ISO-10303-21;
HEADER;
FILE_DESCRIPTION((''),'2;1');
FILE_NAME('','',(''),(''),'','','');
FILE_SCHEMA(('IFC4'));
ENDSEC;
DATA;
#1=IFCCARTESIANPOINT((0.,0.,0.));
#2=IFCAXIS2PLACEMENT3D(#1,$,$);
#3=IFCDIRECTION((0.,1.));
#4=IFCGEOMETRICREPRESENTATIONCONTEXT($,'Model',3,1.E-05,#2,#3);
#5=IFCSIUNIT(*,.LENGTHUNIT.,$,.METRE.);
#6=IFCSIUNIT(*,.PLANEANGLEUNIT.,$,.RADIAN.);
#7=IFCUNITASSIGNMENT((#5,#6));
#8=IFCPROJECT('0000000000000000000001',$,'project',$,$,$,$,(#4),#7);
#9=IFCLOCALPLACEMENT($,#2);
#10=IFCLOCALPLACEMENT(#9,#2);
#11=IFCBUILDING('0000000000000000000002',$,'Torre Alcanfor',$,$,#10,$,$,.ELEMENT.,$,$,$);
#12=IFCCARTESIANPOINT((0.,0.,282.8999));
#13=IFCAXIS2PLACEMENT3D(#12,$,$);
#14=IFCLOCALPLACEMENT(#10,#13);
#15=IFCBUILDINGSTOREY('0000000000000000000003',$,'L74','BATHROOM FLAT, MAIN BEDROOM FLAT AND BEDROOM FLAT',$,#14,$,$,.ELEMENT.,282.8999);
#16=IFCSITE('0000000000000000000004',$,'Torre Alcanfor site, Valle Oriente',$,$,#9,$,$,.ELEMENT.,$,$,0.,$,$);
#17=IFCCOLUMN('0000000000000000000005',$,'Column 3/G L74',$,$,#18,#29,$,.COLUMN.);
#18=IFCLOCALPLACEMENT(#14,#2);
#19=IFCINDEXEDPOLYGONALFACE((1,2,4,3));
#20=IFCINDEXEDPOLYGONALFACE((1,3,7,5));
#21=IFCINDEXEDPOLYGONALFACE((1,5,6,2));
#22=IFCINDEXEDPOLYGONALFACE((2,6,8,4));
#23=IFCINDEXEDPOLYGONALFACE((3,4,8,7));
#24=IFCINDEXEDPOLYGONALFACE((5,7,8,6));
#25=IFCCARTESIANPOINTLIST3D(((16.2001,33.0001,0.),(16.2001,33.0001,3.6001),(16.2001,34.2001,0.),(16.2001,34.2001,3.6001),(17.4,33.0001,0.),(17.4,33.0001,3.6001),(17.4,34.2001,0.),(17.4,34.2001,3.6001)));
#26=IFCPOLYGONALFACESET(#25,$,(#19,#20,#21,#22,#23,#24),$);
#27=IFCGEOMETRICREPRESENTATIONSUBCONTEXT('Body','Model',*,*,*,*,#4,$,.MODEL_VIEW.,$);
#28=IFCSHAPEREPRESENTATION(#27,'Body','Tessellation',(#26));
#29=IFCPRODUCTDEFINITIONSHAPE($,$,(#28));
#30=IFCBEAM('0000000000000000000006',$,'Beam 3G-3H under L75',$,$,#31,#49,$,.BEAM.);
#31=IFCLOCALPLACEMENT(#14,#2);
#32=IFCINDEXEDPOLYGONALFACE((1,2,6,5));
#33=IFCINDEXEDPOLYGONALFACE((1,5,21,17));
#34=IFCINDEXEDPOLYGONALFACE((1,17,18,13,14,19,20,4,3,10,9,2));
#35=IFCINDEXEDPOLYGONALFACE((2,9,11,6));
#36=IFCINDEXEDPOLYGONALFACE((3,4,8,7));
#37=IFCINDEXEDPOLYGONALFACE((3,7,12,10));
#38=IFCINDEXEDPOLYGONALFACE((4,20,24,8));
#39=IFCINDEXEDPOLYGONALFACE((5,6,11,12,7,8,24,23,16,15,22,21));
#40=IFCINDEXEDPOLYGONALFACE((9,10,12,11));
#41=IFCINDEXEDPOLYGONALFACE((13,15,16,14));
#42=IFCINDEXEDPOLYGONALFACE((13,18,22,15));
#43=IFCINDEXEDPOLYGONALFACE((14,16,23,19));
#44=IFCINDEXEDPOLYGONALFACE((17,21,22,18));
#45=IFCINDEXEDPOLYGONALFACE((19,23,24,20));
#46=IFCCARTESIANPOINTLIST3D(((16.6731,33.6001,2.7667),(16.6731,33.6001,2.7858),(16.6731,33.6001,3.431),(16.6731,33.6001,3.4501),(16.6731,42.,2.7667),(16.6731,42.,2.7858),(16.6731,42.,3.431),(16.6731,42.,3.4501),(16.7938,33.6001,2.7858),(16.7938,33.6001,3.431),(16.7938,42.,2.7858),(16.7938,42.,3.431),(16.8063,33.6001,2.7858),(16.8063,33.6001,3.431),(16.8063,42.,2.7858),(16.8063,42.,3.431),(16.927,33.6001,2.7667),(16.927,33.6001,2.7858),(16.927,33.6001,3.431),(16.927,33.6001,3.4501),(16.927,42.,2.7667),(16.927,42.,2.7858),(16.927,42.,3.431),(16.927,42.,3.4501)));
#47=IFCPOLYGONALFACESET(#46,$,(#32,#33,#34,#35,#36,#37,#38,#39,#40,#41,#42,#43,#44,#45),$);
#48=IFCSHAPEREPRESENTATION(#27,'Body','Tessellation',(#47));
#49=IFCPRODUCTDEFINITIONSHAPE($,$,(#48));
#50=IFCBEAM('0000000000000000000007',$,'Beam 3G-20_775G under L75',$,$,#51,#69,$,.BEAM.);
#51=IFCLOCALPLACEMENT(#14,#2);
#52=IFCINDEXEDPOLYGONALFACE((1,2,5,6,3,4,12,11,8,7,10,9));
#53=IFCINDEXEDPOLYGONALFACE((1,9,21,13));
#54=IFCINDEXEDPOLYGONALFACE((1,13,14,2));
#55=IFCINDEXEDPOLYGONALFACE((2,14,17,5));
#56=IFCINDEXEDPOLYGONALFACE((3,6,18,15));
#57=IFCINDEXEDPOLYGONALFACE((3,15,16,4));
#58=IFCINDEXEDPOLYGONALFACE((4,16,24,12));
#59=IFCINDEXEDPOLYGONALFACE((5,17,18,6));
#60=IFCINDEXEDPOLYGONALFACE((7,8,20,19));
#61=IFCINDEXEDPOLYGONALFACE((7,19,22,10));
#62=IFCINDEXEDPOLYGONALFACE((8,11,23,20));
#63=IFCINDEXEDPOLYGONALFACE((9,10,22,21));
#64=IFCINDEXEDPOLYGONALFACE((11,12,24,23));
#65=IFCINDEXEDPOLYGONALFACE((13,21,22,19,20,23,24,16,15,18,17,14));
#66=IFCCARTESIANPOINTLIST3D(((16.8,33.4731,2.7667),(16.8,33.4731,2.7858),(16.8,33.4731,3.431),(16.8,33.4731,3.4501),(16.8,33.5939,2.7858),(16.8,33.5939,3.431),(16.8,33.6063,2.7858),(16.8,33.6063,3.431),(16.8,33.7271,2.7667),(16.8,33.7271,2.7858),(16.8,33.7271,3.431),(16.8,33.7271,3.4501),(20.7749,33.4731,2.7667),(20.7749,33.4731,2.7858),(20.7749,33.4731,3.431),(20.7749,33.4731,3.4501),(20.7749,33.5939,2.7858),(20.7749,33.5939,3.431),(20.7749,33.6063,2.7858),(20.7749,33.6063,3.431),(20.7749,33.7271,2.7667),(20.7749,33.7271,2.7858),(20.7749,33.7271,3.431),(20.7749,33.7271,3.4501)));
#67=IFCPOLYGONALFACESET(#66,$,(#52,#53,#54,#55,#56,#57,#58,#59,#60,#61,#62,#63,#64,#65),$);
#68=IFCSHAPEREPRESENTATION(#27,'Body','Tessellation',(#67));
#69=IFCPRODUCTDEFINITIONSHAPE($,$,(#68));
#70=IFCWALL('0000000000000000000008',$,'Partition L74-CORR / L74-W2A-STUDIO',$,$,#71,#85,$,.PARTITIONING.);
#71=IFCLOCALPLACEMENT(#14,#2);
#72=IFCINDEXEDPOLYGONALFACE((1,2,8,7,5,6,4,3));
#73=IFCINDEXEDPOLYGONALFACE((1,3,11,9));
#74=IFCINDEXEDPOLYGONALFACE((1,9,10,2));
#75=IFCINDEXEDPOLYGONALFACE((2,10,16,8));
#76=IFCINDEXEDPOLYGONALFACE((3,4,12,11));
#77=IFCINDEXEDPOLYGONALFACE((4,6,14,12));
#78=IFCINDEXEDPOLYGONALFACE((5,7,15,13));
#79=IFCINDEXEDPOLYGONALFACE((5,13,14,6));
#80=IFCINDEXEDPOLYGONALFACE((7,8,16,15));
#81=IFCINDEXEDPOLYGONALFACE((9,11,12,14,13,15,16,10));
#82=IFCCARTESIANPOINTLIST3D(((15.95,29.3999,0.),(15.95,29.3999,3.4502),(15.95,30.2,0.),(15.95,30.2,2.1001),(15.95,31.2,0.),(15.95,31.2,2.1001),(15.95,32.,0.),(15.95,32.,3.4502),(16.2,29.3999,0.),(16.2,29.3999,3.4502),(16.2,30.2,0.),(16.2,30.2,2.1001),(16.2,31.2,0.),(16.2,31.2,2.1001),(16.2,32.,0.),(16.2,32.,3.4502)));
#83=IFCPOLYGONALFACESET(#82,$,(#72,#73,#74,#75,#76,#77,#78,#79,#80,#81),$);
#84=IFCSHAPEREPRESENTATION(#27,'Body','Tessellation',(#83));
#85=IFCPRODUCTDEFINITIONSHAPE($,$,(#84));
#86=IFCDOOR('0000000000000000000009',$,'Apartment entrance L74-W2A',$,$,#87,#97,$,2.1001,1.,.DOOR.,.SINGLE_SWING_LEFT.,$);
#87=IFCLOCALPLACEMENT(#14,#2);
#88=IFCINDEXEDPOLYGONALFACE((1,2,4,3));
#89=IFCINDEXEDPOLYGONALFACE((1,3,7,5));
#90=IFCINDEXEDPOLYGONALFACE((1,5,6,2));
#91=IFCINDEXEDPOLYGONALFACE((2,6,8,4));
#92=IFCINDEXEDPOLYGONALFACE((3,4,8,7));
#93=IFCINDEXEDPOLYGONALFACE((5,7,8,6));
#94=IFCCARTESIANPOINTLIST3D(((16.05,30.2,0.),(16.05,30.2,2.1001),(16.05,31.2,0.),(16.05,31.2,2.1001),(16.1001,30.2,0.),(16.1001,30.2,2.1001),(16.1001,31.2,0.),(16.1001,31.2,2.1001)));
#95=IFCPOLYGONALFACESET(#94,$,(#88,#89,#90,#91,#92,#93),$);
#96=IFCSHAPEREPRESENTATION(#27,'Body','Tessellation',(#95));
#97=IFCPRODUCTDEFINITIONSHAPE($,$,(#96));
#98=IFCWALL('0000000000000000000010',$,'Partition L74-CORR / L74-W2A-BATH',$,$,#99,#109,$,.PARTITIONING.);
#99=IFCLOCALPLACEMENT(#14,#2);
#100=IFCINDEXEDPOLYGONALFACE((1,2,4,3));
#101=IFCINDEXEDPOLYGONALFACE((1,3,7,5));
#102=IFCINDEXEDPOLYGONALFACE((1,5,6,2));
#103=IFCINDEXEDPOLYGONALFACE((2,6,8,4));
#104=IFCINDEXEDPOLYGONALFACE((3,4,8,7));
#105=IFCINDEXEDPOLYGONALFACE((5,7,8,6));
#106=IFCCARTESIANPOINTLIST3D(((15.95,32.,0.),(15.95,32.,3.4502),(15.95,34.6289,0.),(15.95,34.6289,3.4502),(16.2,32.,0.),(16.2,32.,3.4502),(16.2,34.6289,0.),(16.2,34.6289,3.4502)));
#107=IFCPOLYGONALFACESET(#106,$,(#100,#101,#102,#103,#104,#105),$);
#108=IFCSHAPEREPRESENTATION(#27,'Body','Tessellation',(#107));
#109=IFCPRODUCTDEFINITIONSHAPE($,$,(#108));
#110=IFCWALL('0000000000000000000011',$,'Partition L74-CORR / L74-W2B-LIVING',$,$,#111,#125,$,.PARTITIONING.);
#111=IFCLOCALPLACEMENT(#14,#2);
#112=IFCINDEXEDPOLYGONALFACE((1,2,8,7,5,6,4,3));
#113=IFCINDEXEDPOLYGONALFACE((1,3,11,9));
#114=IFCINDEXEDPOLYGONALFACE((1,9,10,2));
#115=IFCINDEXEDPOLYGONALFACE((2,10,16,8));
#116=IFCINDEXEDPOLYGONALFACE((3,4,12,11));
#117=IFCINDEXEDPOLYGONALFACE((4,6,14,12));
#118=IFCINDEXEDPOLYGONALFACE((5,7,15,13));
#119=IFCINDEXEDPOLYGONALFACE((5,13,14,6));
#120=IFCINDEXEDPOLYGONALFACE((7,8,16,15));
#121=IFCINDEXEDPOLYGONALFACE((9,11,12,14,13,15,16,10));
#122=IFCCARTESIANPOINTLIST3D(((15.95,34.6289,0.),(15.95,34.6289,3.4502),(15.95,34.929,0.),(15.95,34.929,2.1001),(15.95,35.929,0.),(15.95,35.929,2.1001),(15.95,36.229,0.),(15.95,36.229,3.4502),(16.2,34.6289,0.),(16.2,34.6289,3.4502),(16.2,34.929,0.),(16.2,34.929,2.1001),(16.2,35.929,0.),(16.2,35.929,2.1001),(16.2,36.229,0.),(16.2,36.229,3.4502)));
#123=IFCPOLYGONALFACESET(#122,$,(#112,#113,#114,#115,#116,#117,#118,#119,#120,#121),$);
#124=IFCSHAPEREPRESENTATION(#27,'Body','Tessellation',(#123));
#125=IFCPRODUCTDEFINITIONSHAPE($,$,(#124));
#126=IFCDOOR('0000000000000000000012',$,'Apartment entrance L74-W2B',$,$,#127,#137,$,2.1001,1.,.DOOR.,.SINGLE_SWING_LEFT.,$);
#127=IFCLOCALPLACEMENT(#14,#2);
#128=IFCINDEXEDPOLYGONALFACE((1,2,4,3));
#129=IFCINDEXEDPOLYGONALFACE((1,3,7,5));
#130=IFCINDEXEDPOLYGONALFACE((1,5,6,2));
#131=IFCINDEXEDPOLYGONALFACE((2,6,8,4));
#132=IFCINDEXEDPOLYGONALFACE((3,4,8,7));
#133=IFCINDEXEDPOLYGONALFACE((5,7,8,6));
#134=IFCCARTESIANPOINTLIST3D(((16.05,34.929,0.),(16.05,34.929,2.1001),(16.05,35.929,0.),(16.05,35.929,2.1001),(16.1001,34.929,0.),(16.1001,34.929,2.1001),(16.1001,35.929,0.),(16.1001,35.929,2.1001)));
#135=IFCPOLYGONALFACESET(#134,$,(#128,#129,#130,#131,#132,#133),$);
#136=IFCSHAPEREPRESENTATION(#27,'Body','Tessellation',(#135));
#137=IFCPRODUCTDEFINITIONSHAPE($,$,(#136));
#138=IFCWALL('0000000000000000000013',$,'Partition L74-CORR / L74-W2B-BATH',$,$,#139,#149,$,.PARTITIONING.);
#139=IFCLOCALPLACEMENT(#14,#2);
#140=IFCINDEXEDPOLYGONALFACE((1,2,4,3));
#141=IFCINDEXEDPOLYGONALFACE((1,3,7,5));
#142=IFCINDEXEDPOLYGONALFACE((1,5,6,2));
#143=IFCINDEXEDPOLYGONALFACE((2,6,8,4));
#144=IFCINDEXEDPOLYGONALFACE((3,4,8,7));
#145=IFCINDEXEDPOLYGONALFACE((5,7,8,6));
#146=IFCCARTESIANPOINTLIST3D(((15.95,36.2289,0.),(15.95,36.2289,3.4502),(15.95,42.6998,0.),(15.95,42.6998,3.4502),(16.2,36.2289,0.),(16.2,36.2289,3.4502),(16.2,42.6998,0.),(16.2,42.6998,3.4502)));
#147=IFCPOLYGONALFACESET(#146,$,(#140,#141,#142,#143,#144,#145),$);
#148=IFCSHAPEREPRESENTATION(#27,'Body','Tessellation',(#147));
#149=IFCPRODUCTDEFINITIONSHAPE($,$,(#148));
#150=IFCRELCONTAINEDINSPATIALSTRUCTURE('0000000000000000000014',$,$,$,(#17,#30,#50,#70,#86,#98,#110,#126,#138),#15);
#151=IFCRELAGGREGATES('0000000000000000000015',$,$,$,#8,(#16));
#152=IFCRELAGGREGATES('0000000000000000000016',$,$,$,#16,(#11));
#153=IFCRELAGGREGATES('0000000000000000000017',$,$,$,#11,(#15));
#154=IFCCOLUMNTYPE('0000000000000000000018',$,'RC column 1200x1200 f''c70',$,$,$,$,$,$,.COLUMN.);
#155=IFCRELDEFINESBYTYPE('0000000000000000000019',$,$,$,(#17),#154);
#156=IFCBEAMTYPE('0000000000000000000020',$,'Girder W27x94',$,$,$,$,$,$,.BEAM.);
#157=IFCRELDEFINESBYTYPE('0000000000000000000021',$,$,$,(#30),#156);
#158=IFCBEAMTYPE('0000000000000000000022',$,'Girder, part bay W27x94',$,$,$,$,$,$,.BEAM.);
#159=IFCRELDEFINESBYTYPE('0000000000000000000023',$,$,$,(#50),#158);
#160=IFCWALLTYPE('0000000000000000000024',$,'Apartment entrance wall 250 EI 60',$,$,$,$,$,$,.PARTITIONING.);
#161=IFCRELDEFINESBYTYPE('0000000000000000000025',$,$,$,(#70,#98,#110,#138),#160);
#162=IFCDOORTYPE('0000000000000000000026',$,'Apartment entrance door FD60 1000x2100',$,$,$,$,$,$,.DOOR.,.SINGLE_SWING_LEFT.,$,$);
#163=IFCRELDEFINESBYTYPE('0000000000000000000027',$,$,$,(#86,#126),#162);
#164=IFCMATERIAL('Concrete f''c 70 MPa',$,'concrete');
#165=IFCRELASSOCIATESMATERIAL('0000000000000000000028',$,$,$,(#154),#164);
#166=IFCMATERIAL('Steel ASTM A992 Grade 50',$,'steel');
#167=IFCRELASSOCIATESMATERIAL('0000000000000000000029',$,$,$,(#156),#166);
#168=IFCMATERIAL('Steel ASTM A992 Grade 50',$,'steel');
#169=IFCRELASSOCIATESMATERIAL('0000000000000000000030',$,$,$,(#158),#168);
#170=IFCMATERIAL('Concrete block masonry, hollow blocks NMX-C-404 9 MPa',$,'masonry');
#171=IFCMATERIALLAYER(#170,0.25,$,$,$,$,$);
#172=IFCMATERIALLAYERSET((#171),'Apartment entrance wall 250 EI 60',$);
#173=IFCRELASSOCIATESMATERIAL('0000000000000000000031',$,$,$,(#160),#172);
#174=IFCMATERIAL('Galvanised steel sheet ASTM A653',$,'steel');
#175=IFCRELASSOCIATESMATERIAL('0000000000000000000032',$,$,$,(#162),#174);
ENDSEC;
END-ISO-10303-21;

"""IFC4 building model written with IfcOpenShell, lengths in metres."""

from ifc_helpers import new_model, si_unit, direction, frame, frame_2d, origin, origin_2d, place, context, subcontext, project, spatial, rectangle, i_section, extrude, material, layer, layer_set, material_profile, profile_set, type_object, element, fill, save


model = new_model("IFC4")

# Units and contexts
model_context = context("Model", 3, precision=1e-05, world=origin(), true_north=direction((0.0, 1.0)))
body_context = subcontext(model_context, "Body", "Model", "MODEL_VIEW")
ifc_project = project(units=[si_unit("LENGTHUNIT", "METRE"), si_unit("PLANEANGLEUNIT", "RADIAN")], contexts=[model_context])

# Site, building, storey
site_placement = place(None, origin())
site = spatial("IfcSite", under=ifc_project, at=site_placement, Name="Torre Alcanfor site, Valle Oriente", CompositionType="ELEMENT", RefElevation=0.0)
building_placement = place(site_placement, origin())
building = spatial("IfcBuilding", under=site, at=building_placement, Name="Torre Alcanfor", CompositionType="ELEMENT")
storey_placement = place(building_placement, frame((0.0, 0.0, 282.8999)))
storey = spatial("IfcBuildingStorey", under=building, at=storey_placement, Name="L74", Description="BATHROOM FLAT, MAIN BEDROOM FLAT AND BEDROOM FLAT", CompositionType="ELEMENT", Elevation=282.8999)

# Column
ifc_material_1 = material(Name="Concrete f'c 70 MPa", Category="concrete")
ifc_material_profile_1 = material_profile(ifc_material_1, rectangle(XDim=1.2, YDim=1.2, at=origin_2d()), Name="1200x1200")
ifc_profile_set_1 = profile_set([ifc_material_profile_1], Name="Concrete f'c 70 MPa")
column_type = type_object("IfcColumnType", Name="RC column 1200x1200 f'c70", PredefinedType="COLUMN", material=ifc_profile_set_1)
column_placement = place(storey_placement, frame((16.8, 33.6001, 0.0), z_axis=(0.0, 0.0, 1.0), x_axis=(1.0, 0.0, 0.0)))
element("IfcColumn", 1, at=column_placement, inside=storey, type_object=column_type, Name="Column 3/G L74", PredefinedType="COLUMN", context=body_context, shape_type="SweptSolid", body=[
    extrude(rectangle(XDim=1.2, YDim=1.2, at=origin_2d()), origin(), (0.0, 0.0, 1.0), 3.6001),
])

# Beams
ifc_material_2 = material(Name="Steel ASTM A992 Grade 50", Category="steel")
ifc_material_profile_2 = material_profile(ifc_material_2, i_section(OverallWidth=0.2539, OverallDepth=0.6833, WebThickness=0.0125, FlangeThickness=0.019, at=origin_2d()), Name="W27x94")
ifc_profile_set_2 = profile_set([ifc_material_profile_2], Name="Steel ASTM A992 Grade 50")
beam_type_1 = type_object("IfcBeamType", Name="Girder W27x94", PredefinedType="BEAM", material=ifc_profile_set_2)
beam_1_placement = place(storey_placement, frame((16.8, 33.6001, 3.1084), z_axis=(0.0, 1.0, 0.0), x_axis=(-1.0, 0.0, 0.0)))
element("IfcBeam", 2, at=beam_1_placement, inside=storey, type_object=beam_type_1, Name="Beam 3G-3H under L75", PredefinedType="BEAM", context=body_context, shape_type="SweptSolid", body=[
    extrude(i_section(OverallWidth=0.2539, OverallDepth=0.6833, WebThickness=0.0125, FlangeThickness=0.019, at=origin_2d()), origin(), (0.0, 0.0, 1.0), 8.3999),
])
ifc_material_3 = material(Name="Steel ASTM A992 Grade 50", Category="steel")
ifc_material_profile_3 = material_profile(ifc_material_3, i_section(OverallWidth=0.2539, OverallDepth=0.6833, WebThickness=0.0125, FlangeThickness=0.019, at=origin_2d()), Name="W27x94")
ifc_profile_set_3 = profile_set([ifc_material_profile_3], Name="Steel ASTM A992 Grade 50")
beam_type_2 = type_object("IfcBeamType", Name="Girder, part bay W27x94", PredefinedType="BEAM", material=ifc_profile_set_3)
beam_2_placement = place(storey_placement, frame((16.8, 33.6001, 3.1084), z_axis=(1.0, 0.0, 0.0), x_axis=(0.0, 1.0, 0.0)))
element("IfcBeam", 3, at=beam_2_placement, inside=storey, type_object=beam_type_2, Name="Beam 3G-20_775G under L75", PredefinedType="BEAM", context=body_context, shape_type="SweptSolid", body=[
    extrude(i_section(OverallWidth=0.2539, OverallDepth=0.6833, WebThickness=0.0125, FlangeThickness=0.019, at=origin_2d()), origin(), (0.0, 0.0, 1.0), 3.9749),
])

# Wall, opening, door
ifc_material_4 = material(Name="Concrete block masonry, hollow blocks NMX-C-404 9 MPa", Category="masonry")
ifc_layer_1 = layer(ifc_material_4, 0.25)
ifc_layer_set_1 = layer_set([ifc_layer_1], Name="Apartment entrance wall 250 EI 60")
wall_type_1 = type_object("IfcWallType", Name="Apartment entrance wall 250 EI 60", PredefinedType="PARTITIONING", material=ifc_layer_set_1)
wall_1_placement = place(storey_placement, frame((16.075, 29.3999, 0.0), z_axis=(0.0, 0.0, 1.0), x_axis=(0.0, 1.0, 0.0)))
wall_1 = element("IfcWall", 4, at=wall_1_placement, inside=storey, type_object=wall_type_1, Name="Partition L74-CORR / L74-W2A-STUDIO", PredefinedType="PARTITIONING", context=body_context, shape_type="SweptSolid", body=[
    extrude(rectangle(XDim=2.6001, YDim=0.25, at=frame_2d((1.3, 0.0))), origin(), (0.0, 0.0, 1.0), 3.4502),
])
opening_1_placement = place(wall_1_placement, frame((0.8, 0.0, 0.0)))
opening_1 = element("IfcOpeningElement", 5, at=opening_1_placement, cuts=wall_1, PredefinedType="OPENING", context=body_context, shape_type="SweptSolid", body=[
    extrude(rectangle(XDim=1.0, YDim=2.1001, at=frame_2d((0.5, 1.05))), frame((0.0, 0.135, 0.0), z_axis=(0.0, -1.0, 0.0), x_axis=(1.0, 0.0, 0.0)), (0.0, 0.0, 1.0), 0.27),
])
ifc_material_5 = material(Name="Galvanised steel sheet ASTM A653", Category="steel")
door_type_1 = type_object("IfcDoorType", Name="Apartment entrance door FD60 1000x2100", OperationType="SINGLE_SWING_LEFT", PredefinedType="DOOR", material=ifc_material_5)
door_1_placement = place(opening_1_placement, origin())
door_1 = element("IfcDoor", 6, at=door_1_placement, inside=storey, type_object=door_type_1, Name="Apartment entrance L74-W2A", OperationType="SINGLE_SWING_LEFT", OverallHeight=2.1001, OverallWidth=1.0, PredefinedType="DOOR", context=body_context, shape_type="SweptSolid", body=[
    extrude(rectangle(XDim=1.0, YDim=2.1001, at=frame_2d((0.5, 1.05))), frame((0.0, 0.0249, 0.0), z_axis=(0.0, -1.0, 0.0), x_axis=(1.0, 0.0, 0.0)), (0.0, 0.0, 1.0), 0.05),
])
fill(opening_1, door_1)

# Wall
wall_2_placement = place(storey_placement, frame((16.075, 32.0, 0.0), z_axis=(0.0, 0.0, 1.0), x_axis=(0.0, 1.0, 0.0)))
element("IfcWall", 7, at=wall_2_placement, inside=storey, type_object=wall_type_1, Name="Partition L74-CORR / L74-W2A-BATH", PredefinedType="PARTITIONING", context=body_context, shape_type="SweptSolid", body=[
    extrude(rectangle(XDim=2.6289, YDim=0.25, at=frame_2d((1.3145, 0.0))), origin(), (0.0, 0.0, 1.0), 3.4502),
])

# Wall, opening, door
wall_3_placement = place(storey_placement, frame((16.075, 34.6289, 0.0), z_axis=(0.0, 0.0, 1.0), x_axis=(0.0, 1.0, 0.0)))
wall_3 = element("IfcWall", 8, at=wall_3_placement, inside=storey, type_object=wall_type_1, Name="Partition L74-CORR / L74-W2B-LIVING", PredefinedType="PARTITIONING", context=body_context, shape_type="SweptSolid", body=[
    extrude(rectangle(XDim=1.6001, YDim=0.25, at=frame_2d((0.8, 0.0))), origin(), (0.0, 0.0, 1.0), 3.4502),
])
opening_2_placement = place(wall_3_placement, frame((0.3, 0.0, 0.0)))
opening_2 = element("IfcOpeningElement", 9, at=opening_2_placement, cuts=wall_3, PredefinedType="OPENING", context=body_context, shape_type="SweptSolid", body=[
    extrude(rectangle(XDim=1.0, YDim=2.1001, at=frame_2d((0.5, 1.05))), frame((0.0, 0.135, 0.0), z_axis=(0.0, -1.0, 0.0), x_axis=(1.0, 0.0, 0.0)), (0.0, 0.0, 1.0), 0.27),
])
door_2_placement = place(opening_2_placement, origin())
door_2 = element("IfcDoor", 10, at=door_2_placement, inside=storey, type_object=door_type_1, Name="Apartment entrance L74-W2B", OperationType="SINGLE_SWING_LEFT", OverallHeight=2.1001, OverallWidth=1.0, PredefinedType="DOOR", context=body_context, shape_type="SweptSolid", body=[
    extrude(rectangle(XDim=1.0, YDim=2.1001, at=frame_2d((0.5, 1.05))), frame((0.0, 0.0249, 0.0), z_axis=(0.0, -1.0, 0.0), x_axis=(1.0, 0.0, 0.0)), (0.0, 0.0, 1.0), 0.05),
])
fill(opening_2, door_2)

# Wall
wall_4_placement = place(storey_placement, frame((16.075, 36.229, 0.0), z_axis=(0.0, 0.0, 1.0), x_axis=(0.0, 1.0, 0.0)))
element("IfcWall", 11, at=wall_4_placement, inside=storey, type_object=wall_type_1, Name="Partition L74-CORR / L74-W2B-BATH", PredefinedType="PARTITIONING", context=body_context, shape_type="SweptSolid", body=[
    extrude(rectangle(XDim=6.4709, YDim=0.25, at=frame_2d((3.2354, 0.0))), origin(), (0.0, 0.0, 1.0), 3.4502),
])

save(model, "model.ifc")
